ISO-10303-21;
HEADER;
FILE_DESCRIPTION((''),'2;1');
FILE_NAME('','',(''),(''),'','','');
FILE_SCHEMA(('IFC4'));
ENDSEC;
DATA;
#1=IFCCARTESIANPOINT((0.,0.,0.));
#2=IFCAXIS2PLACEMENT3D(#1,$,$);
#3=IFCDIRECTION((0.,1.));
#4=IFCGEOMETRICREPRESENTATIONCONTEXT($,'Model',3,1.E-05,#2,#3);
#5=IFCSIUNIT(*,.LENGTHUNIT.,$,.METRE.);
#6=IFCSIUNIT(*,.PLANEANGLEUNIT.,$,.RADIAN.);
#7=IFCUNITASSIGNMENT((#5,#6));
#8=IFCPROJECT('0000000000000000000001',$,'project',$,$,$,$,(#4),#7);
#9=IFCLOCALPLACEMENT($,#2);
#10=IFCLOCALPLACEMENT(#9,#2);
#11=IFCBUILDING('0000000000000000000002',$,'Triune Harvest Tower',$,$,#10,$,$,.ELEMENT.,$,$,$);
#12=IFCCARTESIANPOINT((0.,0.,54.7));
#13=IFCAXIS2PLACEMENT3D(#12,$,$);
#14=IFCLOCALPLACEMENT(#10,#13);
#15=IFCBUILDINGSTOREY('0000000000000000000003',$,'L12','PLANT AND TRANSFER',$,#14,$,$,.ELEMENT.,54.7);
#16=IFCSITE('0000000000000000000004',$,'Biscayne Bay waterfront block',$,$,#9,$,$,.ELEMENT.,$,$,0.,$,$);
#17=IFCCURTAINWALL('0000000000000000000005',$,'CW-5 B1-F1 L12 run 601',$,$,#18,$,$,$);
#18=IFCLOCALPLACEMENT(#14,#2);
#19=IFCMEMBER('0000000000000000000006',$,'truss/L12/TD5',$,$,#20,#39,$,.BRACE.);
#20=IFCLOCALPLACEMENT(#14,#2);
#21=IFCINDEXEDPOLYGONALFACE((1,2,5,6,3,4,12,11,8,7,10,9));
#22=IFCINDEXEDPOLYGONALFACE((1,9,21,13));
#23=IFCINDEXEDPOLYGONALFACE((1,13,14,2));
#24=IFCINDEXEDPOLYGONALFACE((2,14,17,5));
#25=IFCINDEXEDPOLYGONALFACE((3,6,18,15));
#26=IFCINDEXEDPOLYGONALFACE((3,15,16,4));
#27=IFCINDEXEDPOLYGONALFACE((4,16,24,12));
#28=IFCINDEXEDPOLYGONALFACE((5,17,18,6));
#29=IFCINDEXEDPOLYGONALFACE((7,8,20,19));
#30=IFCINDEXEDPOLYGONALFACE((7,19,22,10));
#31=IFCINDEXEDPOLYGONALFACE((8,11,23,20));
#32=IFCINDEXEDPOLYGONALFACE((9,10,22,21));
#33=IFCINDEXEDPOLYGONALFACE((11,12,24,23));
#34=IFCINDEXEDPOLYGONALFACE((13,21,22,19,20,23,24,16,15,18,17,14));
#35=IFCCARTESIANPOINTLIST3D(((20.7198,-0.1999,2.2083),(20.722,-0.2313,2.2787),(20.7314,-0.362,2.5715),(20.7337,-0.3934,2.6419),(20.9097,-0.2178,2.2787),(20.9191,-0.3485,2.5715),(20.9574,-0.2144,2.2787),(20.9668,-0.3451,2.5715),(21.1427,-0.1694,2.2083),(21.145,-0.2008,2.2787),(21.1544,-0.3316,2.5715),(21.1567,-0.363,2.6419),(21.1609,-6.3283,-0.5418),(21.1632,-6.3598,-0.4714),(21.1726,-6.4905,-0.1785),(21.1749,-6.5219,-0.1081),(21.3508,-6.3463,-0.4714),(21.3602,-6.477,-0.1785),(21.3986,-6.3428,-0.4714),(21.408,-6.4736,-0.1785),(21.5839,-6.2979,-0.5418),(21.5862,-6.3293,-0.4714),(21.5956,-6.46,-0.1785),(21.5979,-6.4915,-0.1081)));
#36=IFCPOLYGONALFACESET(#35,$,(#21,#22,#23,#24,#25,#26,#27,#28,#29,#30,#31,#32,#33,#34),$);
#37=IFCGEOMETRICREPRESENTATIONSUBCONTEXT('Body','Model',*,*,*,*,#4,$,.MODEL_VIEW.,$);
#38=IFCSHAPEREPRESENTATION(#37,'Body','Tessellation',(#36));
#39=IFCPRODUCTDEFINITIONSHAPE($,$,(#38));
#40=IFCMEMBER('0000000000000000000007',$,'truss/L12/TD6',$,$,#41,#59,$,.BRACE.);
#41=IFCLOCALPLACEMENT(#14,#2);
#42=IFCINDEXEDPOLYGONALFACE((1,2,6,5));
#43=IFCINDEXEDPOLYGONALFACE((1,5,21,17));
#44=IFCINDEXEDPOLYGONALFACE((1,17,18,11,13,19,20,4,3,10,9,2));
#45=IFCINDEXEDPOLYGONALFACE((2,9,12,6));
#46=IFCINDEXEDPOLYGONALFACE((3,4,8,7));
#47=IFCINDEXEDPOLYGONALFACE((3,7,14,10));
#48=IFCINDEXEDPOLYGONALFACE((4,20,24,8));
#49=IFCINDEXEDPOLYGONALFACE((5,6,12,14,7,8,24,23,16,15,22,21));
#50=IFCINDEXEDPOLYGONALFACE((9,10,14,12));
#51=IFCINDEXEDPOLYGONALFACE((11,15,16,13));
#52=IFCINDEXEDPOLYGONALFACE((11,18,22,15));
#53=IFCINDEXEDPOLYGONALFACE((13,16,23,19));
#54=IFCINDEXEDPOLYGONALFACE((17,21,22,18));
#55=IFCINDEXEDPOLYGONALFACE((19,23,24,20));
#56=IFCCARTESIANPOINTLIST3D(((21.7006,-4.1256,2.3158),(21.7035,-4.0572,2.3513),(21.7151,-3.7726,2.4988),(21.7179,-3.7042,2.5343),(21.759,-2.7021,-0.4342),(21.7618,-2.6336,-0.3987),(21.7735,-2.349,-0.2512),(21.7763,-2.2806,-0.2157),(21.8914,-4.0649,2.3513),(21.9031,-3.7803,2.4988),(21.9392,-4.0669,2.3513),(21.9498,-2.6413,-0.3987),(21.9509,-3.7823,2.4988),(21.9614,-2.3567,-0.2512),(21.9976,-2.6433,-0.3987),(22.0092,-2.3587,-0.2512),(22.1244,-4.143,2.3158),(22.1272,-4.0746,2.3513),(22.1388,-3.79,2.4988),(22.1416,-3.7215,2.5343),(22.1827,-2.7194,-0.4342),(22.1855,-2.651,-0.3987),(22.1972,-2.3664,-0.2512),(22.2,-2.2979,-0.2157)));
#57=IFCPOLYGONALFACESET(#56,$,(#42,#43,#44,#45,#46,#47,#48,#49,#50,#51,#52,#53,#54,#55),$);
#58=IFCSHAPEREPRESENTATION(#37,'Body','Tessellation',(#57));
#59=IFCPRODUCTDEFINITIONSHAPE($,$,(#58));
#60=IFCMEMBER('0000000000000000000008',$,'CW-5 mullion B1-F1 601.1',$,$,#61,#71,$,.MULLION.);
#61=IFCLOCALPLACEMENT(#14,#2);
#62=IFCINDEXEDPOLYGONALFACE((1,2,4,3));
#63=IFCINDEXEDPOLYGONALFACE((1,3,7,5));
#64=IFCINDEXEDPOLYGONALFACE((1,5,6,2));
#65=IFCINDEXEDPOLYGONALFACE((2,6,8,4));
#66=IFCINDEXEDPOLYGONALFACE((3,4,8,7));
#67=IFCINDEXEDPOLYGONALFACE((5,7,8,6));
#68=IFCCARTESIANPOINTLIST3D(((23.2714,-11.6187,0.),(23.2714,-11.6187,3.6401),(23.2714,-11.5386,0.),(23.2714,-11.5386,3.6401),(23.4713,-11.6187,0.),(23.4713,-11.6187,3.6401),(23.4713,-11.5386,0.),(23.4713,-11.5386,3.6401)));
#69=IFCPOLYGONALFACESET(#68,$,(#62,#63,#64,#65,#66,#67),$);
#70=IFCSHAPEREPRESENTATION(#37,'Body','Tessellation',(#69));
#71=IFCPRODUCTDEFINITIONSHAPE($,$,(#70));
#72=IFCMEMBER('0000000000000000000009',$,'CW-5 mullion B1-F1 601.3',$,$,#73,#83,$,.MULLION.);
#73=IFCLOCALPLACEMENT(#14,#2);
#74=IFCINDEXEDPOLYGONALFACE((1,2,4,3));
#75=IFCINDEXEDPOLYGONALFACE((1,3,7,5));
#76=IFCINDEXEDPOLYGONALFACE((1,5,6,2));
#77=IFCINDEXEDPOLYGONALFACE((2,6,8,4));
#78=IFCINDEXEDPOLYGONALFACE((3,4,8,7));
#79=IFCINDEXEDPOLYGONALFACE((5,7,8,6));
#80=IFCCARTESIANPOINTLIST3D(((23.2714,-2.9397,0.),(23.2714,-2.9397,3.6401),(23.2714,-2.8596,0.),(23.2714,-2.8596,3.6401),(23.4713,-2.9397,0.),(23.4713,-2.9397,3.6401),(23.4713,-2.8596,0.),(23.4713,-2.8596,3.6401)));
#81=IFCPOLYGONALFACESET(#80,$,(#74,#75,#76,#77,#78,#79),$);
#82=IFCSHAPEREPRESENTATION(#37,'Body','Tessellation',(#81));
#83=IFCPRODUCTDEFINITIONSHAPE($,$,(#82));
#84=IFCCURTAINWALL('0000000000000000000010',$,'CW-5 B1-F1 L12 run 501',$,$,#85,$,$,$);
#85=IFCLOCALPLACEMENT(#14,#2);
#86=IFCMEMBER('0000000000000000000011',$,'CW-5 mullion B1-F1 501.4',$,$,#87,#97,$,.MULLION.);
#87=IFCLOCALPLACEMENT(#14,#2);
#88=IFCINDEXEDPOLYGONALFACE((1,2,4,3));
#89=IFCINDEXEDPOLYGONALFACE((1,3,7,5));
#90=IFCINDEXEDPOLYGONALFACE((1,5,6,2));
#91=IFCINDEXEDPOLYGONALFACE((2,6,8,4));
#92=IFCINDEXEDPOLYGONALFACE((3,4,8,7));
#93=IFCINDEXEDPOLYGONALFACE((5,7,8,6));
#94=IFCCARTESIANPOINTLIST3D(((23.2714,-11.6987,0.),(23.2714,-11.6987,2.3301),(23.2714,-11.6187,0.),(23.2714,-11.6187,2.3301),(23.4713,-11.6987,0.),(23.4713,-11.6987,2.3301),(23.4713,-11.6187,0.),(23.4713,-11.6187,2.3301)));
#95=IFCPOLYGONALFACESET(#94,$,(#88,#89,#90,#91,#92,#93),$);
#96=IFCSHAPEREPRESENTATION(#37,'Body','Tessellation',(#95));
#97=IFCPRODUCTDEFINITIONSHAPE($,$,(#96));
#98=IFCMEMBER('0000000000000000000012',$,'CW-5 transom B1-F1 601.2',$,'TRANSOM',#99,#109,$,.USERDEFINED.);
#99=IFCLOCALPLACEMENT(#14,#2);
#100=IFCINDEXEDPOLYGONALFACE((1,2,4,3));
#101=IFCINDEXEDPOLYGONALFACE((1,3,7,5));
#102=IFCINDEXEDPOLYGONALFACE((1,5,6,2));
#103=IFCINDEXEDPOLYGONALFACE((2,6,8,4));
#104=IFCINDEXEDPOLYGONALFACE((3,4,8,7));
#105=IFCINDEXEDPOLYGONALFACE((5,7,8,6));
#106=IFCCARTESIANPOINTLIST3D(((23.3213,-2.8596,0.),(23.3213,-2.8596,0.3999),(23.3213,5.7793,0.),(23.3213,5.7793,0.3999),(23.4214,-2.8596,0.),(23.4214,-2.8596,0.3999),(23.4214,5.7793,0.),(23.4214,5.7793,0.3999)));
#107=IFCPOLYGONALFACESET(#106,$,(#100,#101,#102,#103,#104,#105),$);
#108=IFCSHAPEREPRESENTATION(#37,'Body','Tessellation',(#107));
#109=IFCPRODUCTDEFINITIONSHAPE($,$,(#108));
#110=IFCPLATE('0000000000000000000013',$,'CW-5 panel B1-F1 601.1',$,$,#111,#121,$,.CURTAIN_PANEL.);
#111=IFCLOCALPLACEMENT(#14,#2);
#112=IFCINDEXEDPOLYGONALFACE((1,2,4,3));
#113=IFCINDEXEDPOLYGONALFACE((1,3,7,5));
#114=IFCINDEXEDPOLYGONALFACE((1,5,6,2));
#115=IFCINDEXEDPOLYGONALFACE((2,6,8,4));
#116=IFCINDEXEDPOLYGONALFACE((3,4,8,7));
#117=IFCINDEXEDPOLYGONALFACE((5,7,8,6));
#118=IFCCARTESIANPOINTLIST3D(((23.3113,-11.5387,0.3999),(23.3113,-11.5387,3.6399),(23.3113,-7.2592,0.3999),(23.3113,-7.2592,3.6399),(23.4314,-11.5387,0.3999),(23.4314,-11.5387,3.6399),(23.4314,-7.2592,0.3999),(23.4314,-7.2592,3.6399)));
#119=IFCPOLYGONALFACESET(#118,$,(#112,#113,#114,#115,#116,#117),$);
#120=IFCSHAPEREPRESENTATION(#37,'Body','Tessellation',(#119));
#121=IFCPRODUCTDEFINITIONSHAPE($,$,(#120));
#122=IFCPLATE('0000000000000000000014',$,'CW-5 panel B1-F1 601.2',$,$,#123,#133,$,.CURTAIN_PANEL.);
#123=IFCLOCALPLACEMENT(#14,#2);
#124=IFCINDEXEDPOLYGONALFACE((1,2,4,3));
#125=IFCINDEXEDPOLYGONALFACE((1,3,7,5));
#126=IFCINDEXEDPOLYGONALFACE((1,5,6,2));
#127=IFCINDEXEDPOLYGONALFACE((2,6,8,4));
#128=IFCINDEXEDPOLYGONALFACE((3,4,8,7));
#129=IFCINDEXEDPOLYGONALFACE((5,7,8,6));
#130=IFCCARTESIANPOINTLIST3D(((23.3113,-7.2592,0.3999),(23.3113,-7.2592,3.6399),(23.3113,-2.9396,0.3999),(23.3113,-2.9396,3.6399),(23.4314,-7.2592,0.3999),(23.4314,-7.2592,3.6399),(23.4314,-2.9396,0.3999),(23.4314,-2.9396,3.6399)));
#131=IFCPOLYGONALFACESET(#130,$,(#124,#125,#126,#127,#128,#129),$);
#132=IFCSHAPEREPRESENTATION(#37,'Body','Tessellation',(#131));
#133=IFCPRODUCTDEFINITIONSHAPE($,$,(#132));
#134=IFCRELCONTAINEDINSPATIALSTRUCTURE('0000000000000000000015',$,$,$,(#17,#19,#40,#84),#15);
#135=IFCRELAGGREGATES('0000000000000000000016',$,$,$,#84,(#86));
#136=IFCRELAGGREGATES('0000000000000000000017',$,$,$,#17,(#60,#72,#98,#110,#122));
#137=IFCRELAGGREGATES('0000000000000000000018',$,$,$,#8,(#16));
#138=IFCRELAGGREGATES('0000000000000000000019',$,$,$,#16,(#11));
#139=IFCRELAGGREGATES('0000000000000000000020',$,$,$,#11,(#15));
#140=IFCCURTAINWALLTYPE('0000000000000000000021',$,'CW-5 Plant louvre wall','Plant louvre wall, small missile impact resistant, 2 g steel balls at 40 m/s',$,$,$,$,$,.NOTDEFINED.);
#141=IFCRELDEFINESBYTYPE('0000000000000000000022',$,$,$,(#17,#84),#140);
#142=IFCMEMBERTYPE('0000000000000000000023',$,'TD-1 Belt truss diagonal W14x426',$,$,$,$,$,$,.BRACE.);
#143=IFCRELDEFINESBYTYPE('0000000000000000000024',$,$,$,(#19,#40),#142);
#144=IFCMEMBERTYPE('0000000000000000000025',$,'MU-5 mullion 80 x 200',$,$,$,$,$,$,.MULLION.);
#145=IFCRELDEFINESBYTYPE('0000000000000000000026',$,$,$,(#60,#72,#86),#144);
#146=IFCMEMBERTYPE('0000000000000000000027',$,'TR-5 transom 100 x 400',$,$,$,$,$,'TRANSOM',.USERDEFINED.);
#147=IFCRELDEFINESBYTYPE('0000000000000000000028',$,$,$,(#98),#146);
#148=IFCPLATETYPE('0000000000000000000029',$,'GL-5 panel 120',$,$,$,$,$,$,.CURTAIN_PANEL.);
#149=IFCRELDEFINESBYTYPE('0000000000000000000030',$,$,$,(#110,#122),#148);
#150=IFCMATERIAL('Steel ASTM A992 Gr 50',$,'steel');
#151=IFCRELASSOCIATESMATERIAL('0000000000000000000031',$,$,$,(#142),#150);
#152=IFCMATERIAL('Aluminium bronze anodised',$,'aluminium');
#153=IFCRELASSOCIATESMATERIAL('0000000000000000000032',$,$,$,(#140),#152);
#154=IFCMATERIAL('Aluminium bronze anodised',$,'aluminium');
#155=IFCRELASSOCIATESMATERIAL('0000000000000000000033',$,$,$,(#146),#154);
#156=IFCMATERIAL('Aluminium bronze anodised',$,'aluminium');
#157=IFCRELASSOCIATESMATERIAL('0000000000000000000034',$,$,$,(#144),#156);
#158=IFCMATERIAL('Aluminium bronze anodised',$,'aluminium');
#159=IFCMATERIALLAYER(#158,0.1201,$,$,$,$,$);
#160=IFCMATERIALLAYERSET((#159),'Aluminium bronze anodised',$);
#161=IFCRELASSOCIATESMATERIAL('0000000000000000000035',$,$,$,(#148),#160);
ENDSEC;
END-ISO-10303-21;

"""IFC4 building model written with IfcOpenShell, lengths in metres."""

from ifc_helpers import new_model, si_unit, direction, frame, origin, origin_2d, place, context, subcontext, project, spatial, rectangle, i_section, extrude, source, transform, mapped, material, layer, layer_set, material_profile, profile_set, type_object, element, aggregate, save


model = new_model("IFC4")

# Units and contexts
model_context = context("Model", 3, precision=1e-05, world=origin(), true_north=direction((0.0, 1.0)))
body_context = subcontext(model_context, "Body", "Model", "MODEL_VIEW")
ifc_project = project(units=[si_unit("LENGTHUNIT", "METRE"), si_unit("PLANEANGLEUNIT", "RADIAN")], contexts=[model_context])

# Site, building, storey
site_placement = place(None, origin())
site = spatial("IfcSite", under=ifc_project, at=site_placement, Name="Biscayne Bay waterfront block", CompositionType="ELEMENT", RefElevation=0.0)
building_placement = place(site_placement, origin())
building = spatial("IfcBuilding", under=site, at=building_placement, Name="Triune Harvest Tower", CompositionType="ELEMENT")
storey_placement = place(building_placement, frame((0.0, 0.0, 54.7)))
storey = spatial("IfcBuildingStorey", under=building, at=storey_placement, Name="L12", Description="PLANT AND TRANSFER", CompositionType="ELEMENT", Elevation=54.7)

# Shared definitions
ifc_material_1 = material(Name="Steel ASTM A992 Gr 50", Category="steel")
ifc_material_profile_1 = material_profile(ifc_material_1, i_section(OverallWidth=0.4241, OverallDepth=0.4751, WebThickness=0.0479, FlangeThickness=0.0771, at=origin_2d()), Name="W14x426")
ifc_profile_set_1 = profile_set([ifc_material_profile_1], Name="Steel ASTM A992 Gr 50")
member_type_1 = type_object("IfcMemberType", Name="TD-1 Belt truss diagonal W14x426", PredefinedType="BRACE", material=ifc_profile_set_1)

# Curtain wall
ifc_material_2 = material(Name="Aluminium bronze anodised", Category="aluminium")
curtain_wall_type = type_object("IfcCurtainWallType", Name="CW-5 Plant louvre wall", Description="Plant louvre wall, small missile impact resistant, 2 g steel balls at 40 m/s", PredefinedType="NOTDEFINED", material=ifc_material_2)
curtain_wall_1_placement = place(storey_placement, origin())
curtain_wall_1 = element("IfcCurtainWall", 1, at=curtain_wall_1_placement, inside=storey, type_object=curtain_wall_type, Name="CW-5 B1-F1 L12 run 601")
ifc_material_3 = material(Name="Aluminium bronze anodised", Category="aluminium")
ifc_material_profile_2 = material_profile(ifc_material_3, rectangle(XDim=0.1001, YDim=0.3999, at=origin_2d()), Name="TR-5 transom 100 x 400")
ifc_profile_set_2 = profile_set([ifc_material_profile_2], Name="Aluminium bronze anodised")
member_type_2 = type_object("IfcMemberType", Name="TR-5 transom 100 x 400", ElementType="TRANSOM", PredefinedType="USERDEFINED", material=ifc_profile_set_2)

# Members
shared_shape_1 = source(origin(), body_context, "Body", "SweptSolid", [
    extrude(i_section(OverallWidth=0.4241, OverallDepth=0.4751, WebThickness=0.0479, FlangeThickness=0.0771, at=origin_2d()), origin(), (0.0, 0.0, 1.0), 6.7317),
])
member_1_placement = place(storey_placement, frame((21.3794, -6.4099, -0.325), z_axis=(-0.065536, 0.910394, 0.40852), x_axis=(-0.997419, -0.071801, 0.0)))
element("IfcMember", 2, at=member_1_placement, inside=storey, type_object=member_type_1, Name="truss/L12/TD5", PredefinedType="BRACE", context=body_context, shape_type="MappedRepresentation", body=[
    mapped(shared_shape_1, transform((0.0, 0.0, 0.0), scale=1.0)),
])
shared_shape_2 = source(origin(), body_context, "Body", "SweptSolid", [
    extrude(i_section(OverallWidth=0.4241, OverallDepth=0.4751, WebThickness=0.0479, FlangeThickness=0.0771, at=origin_2d()), origin(), (0.0, 0.0, 1.0), 3.0972),
])
member_2_placement = place(storey_placement, frame((21.9795, -2.5, -0.325), z_axis=(-0.01884, -0.459639, 0.887906), x_axis=(0.999161, -0.040953, 0.0)))
element("IfcMember", 3, at=member_2_placement, inside=storey, type_object=member_type_1, Name="truss/L12/TD6", PredefinedType="BRACE", context=body_context, shape_type="MappedRepresentation", body=[
    mapped(shared_shape_2, transform((0.0, 0.0, 0.0), scale=1.0)),
])

# Members
ifc_material_4 = material(Name="Aluminium bronze anodised", Category="aluminium")
ifc_material_profile_3 = material_profile(ifc_material_4, rectangle(XDim=0.2, YDim=0.0801, at=origin_2d()), Name="MU-5 mullion 80 x 200")
ifc_profile_set_3 = profile_set([ifc_material_profile_3], Name="Aluminium bronze anodised")
member_type_3 = type_object("IfcMemberType", Name="MU-5 mullion 80 x 200", PredefinedType="MULLION", material=ifc_profile_set_3)
shared_shape_3 = source(origin(), body_context, "Body", "SweptSolid", [
    extrude(rectangle(XDim=0.2, YDim=0.0801, at=origin_2d()), origin(), (0.0, 0.0, 1.0), 3.6401),
])
member_3_placement = place(storey_placement, frame((23.3713, -11.5786, 0.0), z_axis=(0.0, 0.0, 1.0), x_axis=(-1.0, 0.0, 0.0)))
member_3 = element("IfcMember", 4, at=member_3_placement, type_object=member_type_3, Name="CW-5 mullion B1-F1 601.1", PredefinedType="MULLION", context=body_context, shape_type="MappedRepresentation", body=[
    mapped(shared_shape_3, transform((0.0, 0.0, 0.0), scale=1.0)),
])
member_4_placement = place(storey_placement, frame((23.3713, -2.8997, 0.0), z_axis=(0.0, 0.0, 1.0), x_axis=(-1.0, 0.0, 0.0)))
member_4 = element("IfcMember", 5, at=member_4_placement, type_object=member_type_3, Name="CW-5 mullion B1-F1 601.3", PredefinedType="MULLION", context=body_context, shape_type="MappedRepresentation", body=[
    mapped(shared_shape_3, transform((0.0, 0.0, 0.0), scale=1.0)),
])

# Curtain wall, member
curtain_wall_2_placement = place(storey_placement, origin())
curtain_wall_2 = element("IfcCurtainWall", 6, at=curtain_wall_2_placement, inside=storey, type_object=curtain_wall_type, Name="CW-5 B1-F1 L12 run 501")
shared_shape_4 = source(origin(), body_context, "Body", "SweptSolid", [
    extrude(rectangle(XDim=0.2, YDim=0.0801, at=origin_2d()), origin(), (0.0, 0.0, 1.0), 2.3301),
])
member_5_placement = place(storey_placement, frame((23.3713, -11.6587, 0.0), z_axis=(0.0, 0.0, 1.0), x_axis=(-1.0, 0.0, 0.0)))
member_5 = element("IfcMember", 7, at=member_5_placement, type_object=member_type_3, Name="CW-5 mullion B1-F1 501.4", PredefinedType="MULLION", context=body_context, shape_type="MappedRepresentation", body=[
    mapped(shared_shape_4, transform((0.0, 0.0, 0.0), scale=1.0)),
])
aggregate(curtain_wall_2, [member_5])

# Member
shared_shape_5 = source(origin(), body_context, "Body", "SweptSolid", [
    extrude(rectangle(XDim=0.1001, YDim=0.3999, at=origin_2d()), origin(), (0.0, 0.0, 1.0), 8.6389),
])
member_6_placement = place(storey_placement, frame((23.3713, -2.8596, 0.2), z_axis=(0.0, 1.0, 0.0), x_axis=(-1.0, 0.0, 0.0)))
member_6 = element("IfcMember", 8, at=member_6_placement, type_object=member_type_2, Name="CW-5 transom B1-F1 601.2", ObjectType="TRANSOM", PredefinedType="USERDEFINED", context=body_context, shape_type="MappedRepresentation", body=[
    mapped(shared_shape_5, transform((0.0, 0.0, 0.0), scale=1.0)),
])

# Plates
ifc_material_5 = material(Name="Aluminium bronze anodised", Category="aluminium")
ifc_layer = layer(ifc_material_5, 0.1201)
ifc_layer_set = layer_set([ifc_layer], Name="Aluminium bronze anodised")
plate_type = type_object("IfcPlateType", Name="GL-5 panel 120", PredefinedType="CURTAIN_PANEL", material=ifc_layer_set)
plate_1_placement = place(storey_placement, frame((23.3713, -9.3989, 0.3999), z_axis=(0.0, 0.0, 1.0), x_axis=(0.0, 1.0, 0.0)))
plate_1 = element("IfcPlate", 9, at=plate_1_placement, type_object=plate_type, Name="CW-5 panel B1-F1 601.1", PredefinedType="CURTAIN_PANEL", context=body_context, shape_type="SweptSolid", body=[
    extrude(rectangle(XDim=4.2795, YDim=0.1201, at=origin_2d()), origin(), (0.0, 0.0, 1.0), 3.24),
])
shared_shape_6 = source(origin(), body_context, "Body", "SweptSolid", [
    extrude(rectangle(XDim=4.3196, YDim=0.1201, at=origin_2d()), origin(), (0.0, 0.0, 1.0), 3.24),
])
plate_2_placement = place(storey_placement, frame((23.3713, -5.0994, 0.3999), z_axis=(0.0, 0.0, 1.0), x_axis=(0.0, 1.0, 0.0)))
plate_2 = element("IfcPlate", 10, at=plate_2_placement, type_object=plate_type, Name="CW-5 panel B1-F1 601.2", PredefinedType="CURTAIN_PANEL", context=body_context, shape_type="MappedRepresentation", body=[
    mapped(shared_shape_6, transform((0.0, 0.0, 0.0), scale=1.0)),
])
aggregate(curtain_wall_1, [member_3, member_4, member_6, plate_1, plate_2])

save(model, "model.ifc")
